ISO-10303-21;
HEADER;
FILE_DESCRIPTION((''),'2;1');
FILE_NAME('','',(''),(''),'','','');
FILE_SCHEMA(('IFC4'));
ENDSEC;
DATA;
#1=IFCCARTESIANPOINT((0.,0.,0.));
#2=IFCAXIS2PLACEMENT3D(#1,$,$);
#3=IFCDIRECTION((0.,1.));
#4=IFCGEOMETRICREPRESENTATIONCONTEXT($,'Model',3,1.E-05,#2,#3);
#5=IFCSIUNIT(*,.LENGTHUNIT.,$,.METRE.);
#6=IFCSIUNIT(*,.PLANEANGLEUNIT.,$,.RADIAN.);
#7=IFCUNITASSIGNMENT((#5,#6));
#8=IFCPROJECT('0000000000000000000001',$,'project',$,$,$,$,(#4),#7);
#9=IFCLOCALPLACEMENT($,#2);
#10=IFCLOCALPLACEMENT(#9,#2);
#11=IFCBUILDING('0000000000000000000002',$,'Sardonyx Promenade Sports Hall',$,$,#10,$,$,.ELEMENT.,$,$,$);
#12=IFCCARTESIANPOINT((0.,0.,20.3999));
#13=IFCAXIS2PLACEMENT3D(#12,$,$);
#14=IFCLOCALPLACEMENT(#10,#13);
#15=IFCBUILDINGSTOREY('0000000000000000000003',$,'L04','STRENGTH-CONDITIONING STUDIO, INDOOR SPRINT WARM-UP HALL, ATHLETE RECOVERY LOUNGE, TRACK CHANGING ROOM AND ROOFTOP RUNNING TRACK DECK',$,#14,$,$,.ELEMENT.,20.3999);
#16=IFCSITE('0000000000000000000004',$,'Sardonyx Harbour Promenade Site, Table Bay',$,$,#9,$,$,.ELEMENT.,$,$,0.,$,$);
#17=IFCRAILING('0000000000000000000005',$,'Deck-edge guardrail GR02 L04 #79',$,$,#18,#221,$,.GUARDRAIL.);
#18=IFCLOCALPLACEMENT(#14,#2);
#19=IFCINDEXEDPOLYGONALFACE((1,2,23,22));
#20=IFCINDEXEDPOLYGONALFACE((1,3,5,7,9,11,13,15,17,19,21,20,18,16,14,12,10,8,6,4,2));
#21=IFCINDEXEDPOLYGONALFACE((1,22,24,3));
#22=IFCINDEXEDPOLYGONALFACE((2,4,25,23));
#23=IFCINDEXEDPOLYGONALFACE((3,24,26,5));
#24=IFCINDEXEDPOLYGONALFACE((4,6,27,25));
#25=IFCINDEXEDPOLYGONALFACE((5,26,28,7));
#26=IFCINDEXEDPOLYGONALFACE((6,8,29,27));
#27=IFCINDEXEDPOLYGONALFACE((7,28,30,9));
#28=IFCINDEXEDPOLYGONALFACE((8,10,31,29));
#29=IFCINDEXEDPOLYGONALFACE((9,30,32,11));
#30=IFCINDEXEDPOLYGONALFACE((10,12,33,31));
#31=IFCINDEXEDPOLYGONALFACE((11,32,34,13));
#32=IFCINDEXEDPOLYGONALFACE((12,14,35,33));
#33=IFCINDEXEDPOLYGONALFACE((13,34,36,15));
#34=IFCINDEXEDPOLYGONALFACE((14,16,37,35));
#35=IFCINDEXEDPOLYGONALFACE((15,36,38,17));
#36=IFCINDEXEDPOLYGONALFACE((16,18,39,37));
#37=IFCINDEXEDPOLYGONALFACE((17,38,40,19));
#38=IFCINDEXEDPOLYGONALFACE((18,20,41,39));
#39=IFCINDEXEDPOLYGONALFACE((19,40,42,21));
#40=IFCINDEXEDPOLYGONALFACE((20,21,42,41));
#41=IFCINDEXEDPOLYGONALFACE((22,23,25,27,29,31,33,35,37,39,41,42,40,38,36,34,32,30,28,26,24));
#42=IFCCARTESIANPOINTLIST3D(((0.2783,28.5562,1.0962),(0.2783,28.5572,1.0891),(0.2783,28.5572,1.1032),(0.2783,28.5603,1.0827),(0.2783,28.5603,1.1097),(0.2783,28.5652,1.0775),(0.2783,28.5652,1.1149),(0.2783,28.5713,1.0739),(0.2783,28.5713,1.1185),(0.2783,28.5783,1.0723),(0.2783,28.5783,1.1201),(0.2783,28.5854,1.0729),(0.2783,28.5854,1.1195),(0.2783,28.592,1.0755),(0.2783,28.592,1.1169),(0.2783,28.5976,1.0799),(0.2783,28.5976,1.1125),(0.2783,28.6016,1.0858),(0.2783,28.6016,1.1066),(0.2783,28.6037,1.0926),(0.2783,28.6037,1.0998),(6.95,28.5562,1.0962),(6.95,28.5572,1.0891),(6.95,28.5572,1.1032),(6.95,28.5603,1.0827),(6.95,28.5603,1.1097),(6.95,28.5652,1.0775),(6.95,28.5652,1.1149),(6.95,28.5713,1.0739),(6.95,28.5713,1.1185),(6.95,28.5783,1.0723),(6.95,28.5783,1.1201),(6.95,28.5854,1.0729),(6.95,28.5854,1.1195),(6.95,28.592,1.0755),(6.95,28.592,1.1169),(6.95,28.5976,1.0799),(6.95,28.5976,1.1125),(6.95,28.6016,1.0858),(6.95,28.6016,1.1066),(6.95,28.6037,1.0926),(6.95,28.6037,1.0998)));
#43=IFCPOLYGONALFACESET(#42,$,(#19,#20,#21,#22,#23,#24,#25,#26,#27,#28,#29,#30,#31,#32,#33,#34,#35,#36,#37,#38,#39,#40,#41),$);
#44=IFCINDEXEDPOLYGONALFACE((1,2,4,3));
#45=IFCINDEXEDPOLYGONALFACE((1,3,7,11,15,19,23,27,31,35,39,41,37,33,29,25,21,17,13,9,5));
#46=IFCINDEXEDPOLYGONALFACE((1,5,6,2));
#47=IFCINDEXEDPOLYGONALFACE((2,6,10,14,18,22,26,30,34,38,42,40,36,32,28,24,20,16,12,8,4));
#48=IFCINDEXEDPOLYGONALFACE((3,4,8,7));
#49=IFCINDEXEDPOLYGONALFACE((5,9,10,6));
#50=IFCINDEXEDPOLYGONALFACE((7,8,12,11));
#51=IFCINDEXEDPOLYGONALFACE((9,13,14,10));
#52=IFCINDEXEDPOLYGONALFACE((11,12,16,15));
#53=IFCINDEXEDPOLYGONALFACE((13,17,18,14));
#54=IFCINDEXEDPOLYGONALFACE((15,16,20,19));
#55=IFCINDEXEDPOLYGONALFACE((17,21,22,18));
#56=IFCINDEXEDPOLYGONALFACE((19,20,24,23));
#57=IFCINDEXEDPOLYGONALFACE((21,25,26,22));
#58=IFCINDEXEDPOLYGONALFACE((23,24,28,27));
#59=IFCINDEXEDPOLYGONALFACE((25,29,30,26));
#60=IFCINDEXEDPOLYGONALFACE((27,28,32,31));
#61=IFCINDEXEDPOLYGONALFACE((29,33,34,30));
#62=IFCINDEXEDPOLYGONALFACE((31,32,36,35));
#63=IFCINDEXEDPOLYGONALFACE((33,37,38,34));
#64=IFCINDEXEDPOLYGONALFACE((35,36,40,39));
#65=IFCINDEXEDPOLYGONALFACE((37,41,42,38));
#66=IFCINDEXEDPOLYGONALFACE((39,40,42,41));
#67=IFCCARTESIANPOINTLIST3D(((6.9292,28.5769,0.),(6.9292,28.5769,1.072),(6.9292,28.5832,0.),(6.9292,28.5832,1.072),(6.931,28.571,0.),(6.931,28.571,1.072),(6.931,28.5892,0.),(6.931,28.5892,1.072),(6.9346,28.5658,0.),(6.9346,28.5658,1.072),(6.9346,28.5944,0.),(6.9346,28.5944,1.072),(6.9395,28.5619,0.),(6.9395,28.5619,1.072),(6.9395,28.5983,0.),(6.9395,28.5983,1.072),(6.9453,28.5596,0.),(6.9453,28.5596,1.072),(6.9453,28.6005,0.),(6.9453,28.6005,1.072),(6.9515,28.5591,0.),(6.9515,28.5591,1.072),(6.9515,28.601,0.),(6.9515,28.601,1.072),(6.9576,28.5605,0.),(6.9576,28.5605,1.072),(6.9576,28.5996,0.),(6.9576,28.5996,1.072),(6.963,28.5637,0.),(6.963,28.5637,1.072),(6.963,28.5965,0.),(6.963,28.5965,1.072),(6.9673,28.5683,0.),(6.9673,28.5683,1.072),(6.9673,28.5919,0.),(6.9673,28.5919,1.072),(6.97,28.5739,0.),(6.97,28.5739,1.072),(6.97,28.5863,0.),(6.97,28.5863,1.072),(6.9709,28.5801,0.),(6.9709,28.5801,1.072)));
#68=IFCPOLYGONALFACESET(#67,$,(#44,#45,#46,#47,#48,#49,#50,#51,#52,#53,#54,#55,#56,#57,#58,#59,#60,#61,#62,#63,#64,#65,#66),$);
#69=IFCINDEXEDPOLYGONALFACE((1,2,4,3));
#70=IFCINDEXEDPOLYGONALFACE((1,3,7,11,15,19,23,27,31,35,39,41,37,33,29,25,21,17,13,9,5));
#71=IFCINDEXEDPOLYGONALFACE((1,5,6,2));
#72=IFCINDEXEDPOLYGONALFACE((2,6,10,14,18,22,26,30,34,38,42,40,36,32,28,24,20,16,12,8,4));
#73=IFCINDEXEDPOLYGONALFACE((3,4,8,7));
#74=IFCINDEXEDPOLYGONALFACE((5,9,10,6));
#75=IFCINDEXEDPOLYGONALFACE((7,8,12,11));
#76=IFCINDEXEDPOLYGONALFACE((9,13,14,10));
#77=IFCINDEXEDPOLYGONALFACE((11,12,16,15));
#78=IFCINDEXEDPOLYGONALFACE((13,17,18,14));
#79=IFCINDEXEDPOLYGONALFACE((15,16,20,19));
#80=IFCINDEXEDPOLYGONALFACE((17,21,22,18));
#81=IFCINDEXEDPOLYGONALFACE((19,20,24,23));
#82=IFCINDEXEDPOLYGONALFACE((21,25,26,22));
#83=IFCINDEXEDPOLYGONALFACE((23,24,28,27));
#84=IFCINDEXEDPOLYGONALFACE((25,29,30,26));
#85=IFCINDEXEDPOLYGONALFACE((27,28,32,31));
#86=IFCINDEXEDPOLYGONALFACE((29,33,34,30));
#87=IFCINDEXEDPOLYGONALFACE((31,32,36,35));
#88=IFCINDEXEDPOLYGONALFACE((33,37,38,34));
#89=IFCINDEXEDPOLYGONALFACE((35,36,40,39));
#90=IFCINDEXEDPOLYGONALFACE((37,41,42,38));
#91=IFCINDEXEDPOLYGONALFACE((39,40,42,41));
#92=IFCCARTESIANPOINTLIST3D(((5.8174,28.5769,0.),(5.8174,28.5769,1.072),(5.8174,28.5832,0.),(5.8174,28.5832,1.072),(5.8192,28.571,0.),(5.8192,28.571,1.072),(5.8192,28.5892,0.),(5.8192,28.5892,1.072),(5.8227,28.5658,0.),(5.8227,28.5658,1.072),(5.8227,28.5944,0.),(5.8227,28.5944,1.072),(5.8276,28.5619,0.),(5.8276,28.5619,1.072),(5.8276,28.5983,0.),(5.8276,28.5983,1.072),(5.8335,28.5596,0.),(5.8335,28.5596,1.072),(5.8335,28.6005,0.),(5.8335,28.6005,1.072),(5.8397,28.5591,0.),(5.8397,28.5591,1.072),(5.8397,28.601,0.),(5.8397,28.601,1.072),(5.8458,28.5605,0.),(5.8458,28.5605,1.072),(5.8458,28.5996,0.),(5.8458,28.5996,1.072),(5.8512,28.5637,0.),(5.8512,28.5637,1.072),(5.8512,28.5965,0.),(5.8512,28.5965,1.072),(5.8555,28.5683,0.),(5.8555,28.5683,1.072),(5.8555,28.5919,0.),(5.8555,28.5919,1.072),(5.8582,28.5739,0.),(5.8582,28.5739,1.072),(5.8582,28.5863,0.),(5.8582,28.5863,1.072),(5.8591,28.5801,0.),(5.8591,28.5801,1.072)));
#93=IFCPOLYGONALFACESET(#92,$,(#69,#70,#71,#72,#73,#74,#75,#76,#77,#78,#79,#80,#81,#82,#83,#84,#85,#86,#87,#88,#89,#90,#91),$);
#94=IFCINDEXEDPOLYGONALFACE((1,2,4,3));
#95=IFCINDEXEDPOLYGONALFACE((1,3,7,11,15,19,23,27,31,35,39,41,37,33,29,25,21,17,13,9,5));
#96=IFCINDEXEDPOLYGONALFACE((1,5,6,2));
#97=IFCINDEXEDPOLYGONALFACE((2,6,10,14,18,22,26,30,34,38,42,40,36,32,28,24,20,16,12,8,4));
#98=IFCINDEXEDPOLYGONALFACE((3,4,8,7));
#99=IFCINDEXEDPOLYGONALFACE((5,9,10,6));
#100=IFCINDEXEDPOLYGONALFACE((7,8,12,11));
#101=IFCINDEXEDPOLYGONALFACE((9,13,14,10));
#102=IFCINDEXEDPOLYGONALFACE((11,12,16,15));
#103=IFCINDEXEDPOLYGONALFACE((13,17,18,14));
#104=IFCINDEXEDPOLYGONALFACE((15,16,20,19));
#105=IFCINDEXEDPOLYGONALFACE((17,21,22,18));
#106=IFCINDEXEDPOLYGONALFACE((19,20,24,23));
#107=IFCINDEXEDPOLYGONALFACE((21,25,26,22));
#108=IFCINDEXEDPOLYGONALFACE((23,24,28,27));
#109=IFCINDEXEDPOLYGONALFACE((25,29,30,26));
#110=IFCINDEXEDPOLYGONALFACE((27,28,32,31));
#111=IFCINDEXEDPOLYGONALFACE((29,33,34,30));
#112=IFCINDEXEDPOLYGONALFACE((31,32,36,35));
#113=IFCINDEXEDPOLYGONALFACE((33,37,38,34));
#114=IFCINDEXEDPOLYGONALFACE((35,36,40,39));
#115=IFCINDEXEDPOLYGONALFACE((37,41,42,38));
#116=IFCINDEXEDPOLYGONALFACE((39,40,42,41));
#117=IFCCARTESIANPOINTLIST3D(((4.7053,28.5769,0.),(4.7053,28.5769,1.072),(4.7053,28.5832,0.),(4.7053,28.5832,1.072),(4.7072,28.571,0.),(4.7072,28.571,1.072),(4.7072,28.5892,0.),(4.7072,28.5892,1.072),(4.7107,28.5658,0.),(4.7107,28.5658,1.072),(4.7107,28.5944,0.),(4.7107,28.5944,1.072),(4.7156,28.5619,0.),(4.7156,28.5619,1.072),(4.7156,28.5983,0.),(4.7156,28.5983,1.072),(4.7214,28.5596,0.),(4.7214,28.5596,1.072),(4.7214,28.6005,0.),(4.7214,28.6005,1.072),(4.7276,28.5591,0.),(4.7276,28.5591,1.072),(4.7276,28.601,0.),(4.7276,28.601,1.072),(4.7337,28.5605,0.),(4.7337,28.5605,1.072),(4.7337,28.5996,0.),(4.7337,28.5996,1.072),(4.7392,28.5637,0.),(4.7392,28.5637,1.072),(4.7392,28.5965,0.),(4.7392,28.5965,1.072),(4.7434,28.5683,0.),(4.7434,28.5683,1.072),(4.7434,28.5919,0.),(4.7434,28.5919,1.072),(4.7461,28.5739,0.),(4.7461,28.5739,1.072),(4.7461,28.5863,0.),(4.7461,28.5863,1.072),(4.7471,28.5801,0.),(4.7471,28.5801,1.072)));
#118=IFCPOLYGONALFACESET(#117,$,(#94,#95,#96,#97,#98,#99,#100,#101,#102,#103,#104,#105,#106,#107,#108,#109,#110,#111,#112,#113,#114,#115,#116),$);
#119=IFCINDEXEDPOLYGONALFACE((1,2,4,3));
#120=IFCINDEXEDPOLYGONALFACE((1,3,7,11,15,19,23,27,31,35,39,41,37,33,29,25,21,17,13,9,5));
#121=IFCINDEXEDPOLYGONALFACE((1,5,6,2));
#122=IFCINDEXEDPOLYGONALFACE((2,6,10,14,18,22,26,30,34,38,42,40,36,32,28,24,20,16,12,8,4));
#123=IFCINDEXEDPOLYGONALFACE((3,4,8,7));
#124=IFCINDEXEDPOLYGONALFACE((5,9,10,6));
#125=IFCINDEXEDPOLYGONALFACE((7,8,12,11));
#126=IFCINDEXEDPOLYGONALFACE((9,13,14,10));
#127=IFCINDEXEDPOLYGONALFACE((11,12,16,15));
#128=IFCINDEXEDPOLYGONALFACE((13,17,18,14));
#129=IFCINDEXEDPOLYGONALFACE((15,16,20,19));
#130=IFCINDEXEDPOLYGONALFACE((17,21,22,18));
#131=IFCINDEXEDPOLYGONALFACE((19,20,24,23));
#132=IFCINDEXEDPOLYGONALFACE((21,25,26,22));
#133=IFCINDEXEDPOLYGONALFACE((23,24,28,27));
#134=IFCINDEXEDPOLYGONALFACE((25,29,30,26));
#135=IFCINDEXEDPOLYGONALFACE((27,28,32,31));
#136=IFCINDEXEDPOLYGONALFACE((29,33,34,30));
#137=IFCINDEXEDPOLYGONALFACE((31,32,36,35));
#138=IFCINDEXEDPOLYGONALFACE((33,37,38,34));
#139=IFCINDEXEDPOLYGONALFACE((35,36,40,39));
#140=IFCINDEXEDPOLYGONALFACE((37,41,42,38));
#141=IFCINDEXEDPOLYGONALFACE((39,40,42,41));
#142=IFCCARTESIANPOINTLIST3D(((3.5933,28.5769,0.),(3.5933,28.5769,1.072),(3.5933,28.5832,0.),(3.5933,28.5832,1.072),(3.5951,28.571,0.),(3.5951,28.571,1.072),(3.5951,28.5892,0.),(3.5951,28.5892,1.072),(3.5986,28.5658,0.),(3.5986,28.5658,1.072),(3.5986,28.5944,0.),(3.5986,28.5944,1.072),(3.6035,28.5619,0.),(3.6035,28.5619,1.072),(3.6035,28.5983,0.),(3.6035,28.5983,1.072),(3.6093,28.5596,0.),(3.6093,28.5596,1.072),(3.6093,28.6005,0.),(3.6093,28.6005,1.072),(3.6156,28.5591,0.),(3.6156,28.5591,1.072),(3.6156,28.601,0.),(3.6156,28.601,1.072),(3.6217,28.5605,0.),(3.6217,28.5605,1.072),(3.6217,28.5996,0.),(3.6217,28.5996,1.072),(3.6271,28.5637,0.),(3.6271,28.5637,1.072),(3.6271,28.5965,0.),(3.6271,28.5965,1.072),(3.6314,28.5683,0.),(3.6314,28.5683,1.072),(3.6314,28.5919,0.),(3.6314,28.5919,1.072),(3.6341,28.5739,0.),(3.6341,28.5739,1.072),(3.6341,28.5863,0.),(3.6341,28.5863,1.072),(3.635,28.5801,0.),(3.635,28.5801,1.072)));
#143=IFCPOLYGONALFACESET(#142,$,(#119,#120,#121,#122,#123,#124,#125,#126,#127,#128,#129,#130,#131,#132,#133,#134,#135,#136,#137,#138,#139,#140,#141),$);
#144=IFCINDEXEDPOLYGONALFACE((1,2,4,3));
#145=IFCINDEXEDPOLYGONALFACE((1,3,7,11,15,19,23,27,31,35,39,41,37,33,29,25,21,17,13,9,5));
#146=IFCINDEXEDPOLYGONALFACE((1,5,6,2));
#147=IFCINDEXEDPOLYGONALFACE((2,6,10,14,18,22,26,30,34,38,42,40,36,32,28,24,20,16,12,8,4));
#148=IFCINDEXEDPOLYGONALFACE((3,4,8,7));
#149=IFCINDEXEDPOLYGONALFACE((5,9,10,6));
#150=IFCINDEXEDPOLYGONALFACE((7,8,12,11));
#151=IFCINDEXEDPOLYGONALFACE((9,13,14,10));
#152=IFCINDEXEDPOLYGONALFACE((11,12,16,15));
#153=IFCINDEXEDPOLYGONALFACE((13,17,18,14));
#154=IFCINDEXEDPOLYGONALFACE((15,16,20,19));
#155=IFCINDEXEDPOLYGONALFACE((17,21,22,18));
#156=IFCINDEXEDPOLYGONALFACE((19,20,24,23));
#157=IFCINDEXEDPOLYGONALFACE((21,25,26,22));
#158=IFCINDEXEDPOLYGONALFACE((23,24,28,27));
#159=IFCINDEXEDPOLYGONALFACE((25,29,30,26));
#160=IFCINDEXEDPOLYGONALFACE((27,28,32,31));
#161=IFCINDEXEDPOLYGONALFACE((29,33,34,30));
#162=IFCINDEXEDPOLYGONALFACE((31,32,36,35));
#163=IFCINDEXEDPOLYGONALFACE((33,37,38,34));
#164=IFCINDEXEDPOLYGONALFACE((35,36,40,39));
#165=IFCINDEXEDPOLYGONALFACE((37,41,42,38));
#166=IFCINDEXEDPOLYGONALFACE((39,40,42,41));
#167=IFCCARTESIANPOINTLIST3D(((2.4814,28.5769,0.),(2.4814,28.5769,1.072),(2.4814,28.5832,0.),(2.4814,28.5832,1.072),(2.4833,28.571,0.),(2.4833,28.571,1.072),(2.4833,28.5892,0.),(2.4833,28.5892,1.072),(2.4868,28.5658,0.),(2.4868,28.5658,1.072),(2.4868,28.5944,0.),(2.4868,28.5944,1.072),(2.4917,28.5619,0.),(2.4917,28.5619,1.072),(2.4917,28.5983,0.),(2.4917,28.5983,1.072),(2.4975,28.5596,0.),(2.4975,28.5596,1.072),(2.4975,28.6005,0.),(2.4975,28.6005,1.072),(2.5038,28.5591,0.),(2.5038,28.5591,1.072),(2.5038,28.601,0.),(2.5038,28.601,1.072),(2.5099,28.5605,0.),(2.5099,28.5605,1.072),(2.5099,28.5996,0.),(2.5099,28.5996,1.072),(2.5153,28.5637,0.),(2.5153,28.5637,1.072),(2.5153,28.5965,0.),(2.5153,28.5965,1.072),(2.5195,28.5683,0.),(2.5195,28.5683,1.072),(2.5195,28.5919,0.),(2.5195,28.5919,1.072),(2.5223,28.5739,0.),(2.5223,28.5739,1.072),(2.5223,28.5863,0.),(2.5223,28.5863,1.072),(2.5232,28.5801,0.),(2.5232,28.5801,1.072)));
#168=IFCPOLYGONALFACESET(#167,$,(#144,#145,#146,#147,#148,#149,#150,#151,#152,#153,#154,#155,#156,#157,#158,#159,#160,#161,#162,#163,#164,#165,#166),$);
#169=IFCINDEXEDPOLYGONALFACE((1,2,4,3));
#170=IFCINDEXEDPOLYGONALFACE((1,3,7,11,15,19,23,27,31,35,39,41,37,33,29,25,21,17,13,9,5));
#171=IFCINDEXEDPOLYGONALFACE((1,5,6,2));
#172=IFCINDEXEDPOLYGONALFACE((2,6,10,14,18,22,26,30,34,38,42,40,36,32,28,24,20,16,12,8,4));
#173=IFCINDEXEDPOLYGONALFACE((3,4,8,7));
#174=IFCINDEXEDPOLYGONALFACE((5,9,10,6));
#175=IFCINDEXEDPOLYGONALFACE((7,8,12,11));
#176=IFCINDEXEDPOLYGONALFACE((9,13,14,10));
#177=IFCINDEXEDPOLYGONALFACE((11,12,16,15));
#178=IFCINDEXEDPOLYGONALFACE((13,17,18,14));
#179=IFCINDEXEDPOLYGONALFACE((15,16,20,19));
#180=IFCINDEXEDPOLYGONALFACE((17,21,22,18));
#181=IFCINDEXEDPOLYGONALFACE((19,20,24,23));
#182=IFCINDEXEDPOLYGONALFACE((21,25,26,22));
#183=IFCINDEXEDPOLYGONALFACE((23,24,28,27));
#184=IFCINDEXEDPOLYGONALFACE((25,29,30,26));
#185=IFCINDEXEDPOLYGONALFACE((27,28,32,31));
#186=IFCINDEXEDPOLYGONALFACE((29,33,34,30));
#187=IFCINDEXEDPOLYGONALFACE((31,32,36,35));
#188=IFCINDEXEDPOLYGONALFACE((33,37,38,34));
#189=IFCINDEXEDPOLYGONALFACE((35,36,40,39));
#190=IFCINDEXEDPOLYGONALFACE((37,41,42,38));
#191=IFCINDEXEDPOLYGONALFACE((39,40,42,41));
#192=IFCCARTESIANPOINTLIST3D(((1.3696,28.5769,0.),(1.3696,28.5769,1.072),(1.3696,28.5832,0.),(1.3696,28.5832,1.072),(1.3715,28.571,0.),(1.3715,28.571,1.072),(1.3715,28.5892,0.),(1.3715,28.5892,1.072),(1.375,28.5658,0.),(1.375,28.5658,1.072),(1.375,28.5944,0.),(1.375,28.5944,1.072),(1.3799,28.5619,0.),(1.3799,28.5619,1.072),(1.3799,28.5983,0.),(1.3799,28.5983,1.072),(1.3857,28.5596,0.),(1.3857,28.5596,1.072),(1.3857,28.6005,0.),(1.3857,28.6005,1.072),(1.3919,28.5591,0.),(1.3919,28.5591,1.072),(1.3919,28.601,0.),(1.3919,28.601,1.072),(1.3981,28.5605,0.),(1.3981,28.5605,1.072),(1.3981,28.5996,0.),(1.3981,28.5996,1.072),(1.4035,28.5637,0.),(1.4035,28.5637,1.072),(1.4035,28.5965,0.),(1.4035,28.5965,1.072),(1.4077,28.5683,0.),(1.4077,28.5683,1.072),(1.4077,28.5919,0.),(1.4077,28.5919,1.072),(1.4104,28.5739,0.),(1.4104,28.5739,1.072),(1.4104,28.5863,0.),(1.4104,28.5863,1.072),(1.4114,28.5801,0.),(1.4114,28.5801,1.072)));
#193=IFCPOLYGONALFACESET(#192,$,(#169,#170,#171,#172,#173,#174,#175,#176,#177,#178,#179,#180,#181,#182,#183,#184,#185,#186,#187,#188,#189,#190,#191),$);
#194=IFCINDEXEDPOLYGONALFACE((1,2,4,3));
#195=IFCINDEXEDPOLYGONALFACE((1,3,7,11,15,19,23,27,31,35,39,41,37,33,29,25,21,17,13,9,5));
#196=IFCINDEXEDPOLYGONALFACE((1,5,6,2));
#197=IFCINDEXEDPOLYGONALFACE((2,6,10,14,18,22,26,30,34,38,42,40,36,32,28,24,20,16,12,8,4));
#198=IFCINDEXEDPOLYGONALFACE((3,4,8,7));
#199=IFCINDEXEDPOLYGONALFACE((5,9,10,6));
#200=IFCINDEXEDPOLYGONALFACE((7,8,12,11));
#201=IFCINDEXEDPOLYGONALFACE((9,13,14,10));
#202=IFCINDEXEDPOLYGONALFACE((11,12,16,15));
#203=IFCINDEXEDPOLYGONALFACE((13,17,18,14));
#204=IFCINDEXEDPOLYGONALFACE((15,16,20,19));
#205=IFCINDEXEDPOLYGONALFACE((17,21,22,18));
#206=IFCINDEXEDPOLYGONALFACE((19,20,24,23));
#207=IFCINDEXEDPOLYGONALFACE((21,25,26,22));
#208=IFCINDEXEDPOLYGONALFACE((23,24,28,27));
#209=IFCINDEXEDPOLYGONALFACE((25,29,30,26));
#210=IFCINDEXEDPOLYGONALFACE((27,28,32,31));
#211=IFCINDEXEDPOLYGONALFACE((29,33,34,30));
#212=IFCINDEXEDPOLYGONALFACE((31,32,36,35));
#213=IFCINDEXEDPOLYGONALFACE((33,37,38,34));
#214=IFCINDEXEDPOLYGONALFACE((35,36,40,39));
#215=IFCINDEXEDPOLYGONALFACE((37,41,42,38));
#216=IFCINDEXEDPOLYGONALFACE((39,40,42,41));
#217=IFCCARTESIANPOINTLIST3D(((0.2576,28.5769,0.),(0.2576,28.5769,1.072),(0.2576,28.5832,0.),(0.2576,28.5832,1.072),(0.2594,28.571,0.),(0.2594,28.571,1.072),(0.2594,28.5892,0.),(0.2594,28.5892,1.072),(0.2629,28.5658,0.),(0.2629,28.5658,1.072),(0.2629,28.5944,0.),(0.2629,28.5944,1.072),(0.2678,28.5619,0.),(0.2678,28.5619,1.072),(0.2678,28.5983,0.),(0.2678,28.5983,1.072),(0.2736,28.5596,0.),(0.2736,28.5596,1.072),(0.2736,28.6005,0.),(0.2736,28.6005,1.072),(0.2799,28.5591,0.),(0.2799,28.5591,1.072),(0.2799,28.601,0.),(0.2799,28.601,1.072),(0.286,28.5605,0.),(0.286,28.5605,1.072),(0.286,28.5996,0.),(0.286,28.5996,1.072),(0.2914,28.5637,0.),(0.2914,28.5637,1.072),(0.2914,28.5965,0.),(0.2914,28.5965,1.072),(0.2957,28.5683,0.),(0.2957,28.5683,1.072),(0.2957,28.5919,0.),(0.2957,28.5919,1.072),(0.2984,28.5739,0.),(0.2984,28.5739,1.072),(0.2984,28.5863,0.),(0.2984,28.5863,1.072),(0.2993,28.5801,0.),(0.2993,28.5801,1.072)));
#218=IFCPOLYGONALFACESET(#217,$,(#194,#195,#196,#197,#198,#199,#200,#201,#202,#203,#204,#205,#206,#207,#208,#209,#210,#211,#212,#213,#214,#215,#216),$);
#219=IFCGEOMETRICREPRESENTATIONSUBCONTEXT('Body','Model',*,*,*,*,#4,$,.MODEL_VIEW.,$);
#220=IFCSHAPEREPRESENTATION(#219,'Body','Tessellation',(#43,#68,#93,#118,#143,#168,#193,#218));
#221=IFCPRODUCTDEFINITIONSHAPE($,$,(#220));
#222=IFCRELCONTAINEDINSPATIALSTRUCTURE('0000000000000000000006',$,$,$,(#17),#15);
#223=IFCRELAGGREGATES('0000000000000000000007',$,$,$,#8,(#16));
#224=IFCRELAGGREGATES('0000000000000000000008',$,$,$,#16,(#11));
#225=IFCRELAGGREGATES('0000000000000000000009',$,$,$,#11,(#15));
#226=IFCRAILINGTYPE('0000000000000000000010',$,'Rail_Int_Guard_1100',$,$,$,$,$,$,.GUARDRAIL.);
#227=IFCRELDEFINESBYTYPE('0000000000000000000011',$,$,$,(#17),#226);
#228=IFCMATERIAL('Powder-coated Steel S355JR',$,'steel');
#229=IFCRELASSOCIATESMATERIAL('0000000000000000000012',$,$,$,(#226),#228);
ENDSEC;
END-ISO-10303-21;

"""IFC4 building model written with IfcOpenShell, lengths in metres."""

from ifc_helpers import new_model, si_unit, direction, frame, origin, origin_2d, place, context, subcontext, project, spatial, circle, extrude, material, type_object, element, save


model = new_model("IFC4")

# Units and contexts
model_context = context("Model", 3, precision=1e-05, world=origin(), true_north=direction((0.0, 1.0)))
body_context = subcontext(model_context, "Body", "Model", "MODEL_VIEW")
ifc_project = project(units=[si_unit("LENGTHUNIT", "METRE"), si_unit("PLANEANGLEUNIT", "RADIAN")], contexts=[model_context])

# Site, building, storey
site_placement = place(None, origin())
site = spatial("IfcSite", under=ifc_project, at=site_placement, Name="Sardonyx Harbour Promenade Site, Table Bay", CompositionType="ELEMENT", RefElevation=0.0)
building_placement = place(site_placement, origin())
building = spatial("IfcBuilding", under=site, at=building_placement, Name="Sardonyx Promenade Sports Hall", CompositionType="ELEMENT")
storey_placement = place(building_placement, frame((0.0, 0.0, 20.3999)))
storey = spatial("IfcBuildingStorey", under=building, at=storey_placement, Name="L04", Description="STRENGTH-CONDITIONING STUDIO, INDOOR SPRINT WARM-UP HALL, ATHLETE RECOVERY LOUNGE, TRACK CHANGING ROOM AND ROOFTOP RUNNING TRACK DECK", CompositionType="ELEMENT", Elevation=20.3999)

# Railing
ifc_material_1 = material(Name="Powder-coated Steel S355JR", Category="steel")
railing_type = type_object("IfcRailingType", Name="Rail_Int_Guard_1100", PredefinedType="GUARDRAIL", material=ifc_material_1)
railing_1_placement = place(storey_placement, frame((6.95, 28.5801, 0.0)))
element("IfcRailing", 1, at=railing_1_placement, inside=storey, type_object=railing_type, Name="Deck-edge guardrail GR02 L04 #79", PredefinedType="GUARDRAIL", context=body_context, shape_type="SweptSolid", body=[
    extrude(circle(Radius=0.0239, at=origin_2d()), frame((0.0, 0.0, 1.0962), z_axis=(-1.0, 0.0, 0.0), x_axis=(0.0, -1.0, 0.0)), (0.0, 0.0, 1.0), 6.6716),
    extrude(circle(Radius=0.021, at=origin_2d()), origin(), (0.0, 0.0, 1.0), 1.072),
    extrude(circle(Radius=0.021, at=origin_2d()), frame((-1.1118, 0.0, 0.0)), (0.0, 0.0, 1.0), 1.072),
    extrude(circle(Radius=0.021, at=origin_2d()), frame((-2.2239, 0.0, 0.0)), (0.0, 0.0, 1.0), 1.072),
    extrude(circle(Radius=0.021, at=origin_2d()), frame((-3.3359, 0.0, 0.0)), (0.0, 0.0, 1.0), 1.072),
    extrude(circle(Radius=0.021, at=origin_2d()), frame((-4.4478, 0.0, 0.0)), (0.0, 0.0, 1.0), 1.072),
    extrude(circle(Radius=0.021, at=origin_2d()), frame((-5.5596, 0.0, 0.0)), (0.0, 0.0, 1.0), 1.072),
    extrude(circle(Radius=0.021, at=origin_2d()), frame((-6.6716, 0.0, 0.0)), (0.0, 0.0, 1.0), 1.072),
])

save(model, "model.ifc")
